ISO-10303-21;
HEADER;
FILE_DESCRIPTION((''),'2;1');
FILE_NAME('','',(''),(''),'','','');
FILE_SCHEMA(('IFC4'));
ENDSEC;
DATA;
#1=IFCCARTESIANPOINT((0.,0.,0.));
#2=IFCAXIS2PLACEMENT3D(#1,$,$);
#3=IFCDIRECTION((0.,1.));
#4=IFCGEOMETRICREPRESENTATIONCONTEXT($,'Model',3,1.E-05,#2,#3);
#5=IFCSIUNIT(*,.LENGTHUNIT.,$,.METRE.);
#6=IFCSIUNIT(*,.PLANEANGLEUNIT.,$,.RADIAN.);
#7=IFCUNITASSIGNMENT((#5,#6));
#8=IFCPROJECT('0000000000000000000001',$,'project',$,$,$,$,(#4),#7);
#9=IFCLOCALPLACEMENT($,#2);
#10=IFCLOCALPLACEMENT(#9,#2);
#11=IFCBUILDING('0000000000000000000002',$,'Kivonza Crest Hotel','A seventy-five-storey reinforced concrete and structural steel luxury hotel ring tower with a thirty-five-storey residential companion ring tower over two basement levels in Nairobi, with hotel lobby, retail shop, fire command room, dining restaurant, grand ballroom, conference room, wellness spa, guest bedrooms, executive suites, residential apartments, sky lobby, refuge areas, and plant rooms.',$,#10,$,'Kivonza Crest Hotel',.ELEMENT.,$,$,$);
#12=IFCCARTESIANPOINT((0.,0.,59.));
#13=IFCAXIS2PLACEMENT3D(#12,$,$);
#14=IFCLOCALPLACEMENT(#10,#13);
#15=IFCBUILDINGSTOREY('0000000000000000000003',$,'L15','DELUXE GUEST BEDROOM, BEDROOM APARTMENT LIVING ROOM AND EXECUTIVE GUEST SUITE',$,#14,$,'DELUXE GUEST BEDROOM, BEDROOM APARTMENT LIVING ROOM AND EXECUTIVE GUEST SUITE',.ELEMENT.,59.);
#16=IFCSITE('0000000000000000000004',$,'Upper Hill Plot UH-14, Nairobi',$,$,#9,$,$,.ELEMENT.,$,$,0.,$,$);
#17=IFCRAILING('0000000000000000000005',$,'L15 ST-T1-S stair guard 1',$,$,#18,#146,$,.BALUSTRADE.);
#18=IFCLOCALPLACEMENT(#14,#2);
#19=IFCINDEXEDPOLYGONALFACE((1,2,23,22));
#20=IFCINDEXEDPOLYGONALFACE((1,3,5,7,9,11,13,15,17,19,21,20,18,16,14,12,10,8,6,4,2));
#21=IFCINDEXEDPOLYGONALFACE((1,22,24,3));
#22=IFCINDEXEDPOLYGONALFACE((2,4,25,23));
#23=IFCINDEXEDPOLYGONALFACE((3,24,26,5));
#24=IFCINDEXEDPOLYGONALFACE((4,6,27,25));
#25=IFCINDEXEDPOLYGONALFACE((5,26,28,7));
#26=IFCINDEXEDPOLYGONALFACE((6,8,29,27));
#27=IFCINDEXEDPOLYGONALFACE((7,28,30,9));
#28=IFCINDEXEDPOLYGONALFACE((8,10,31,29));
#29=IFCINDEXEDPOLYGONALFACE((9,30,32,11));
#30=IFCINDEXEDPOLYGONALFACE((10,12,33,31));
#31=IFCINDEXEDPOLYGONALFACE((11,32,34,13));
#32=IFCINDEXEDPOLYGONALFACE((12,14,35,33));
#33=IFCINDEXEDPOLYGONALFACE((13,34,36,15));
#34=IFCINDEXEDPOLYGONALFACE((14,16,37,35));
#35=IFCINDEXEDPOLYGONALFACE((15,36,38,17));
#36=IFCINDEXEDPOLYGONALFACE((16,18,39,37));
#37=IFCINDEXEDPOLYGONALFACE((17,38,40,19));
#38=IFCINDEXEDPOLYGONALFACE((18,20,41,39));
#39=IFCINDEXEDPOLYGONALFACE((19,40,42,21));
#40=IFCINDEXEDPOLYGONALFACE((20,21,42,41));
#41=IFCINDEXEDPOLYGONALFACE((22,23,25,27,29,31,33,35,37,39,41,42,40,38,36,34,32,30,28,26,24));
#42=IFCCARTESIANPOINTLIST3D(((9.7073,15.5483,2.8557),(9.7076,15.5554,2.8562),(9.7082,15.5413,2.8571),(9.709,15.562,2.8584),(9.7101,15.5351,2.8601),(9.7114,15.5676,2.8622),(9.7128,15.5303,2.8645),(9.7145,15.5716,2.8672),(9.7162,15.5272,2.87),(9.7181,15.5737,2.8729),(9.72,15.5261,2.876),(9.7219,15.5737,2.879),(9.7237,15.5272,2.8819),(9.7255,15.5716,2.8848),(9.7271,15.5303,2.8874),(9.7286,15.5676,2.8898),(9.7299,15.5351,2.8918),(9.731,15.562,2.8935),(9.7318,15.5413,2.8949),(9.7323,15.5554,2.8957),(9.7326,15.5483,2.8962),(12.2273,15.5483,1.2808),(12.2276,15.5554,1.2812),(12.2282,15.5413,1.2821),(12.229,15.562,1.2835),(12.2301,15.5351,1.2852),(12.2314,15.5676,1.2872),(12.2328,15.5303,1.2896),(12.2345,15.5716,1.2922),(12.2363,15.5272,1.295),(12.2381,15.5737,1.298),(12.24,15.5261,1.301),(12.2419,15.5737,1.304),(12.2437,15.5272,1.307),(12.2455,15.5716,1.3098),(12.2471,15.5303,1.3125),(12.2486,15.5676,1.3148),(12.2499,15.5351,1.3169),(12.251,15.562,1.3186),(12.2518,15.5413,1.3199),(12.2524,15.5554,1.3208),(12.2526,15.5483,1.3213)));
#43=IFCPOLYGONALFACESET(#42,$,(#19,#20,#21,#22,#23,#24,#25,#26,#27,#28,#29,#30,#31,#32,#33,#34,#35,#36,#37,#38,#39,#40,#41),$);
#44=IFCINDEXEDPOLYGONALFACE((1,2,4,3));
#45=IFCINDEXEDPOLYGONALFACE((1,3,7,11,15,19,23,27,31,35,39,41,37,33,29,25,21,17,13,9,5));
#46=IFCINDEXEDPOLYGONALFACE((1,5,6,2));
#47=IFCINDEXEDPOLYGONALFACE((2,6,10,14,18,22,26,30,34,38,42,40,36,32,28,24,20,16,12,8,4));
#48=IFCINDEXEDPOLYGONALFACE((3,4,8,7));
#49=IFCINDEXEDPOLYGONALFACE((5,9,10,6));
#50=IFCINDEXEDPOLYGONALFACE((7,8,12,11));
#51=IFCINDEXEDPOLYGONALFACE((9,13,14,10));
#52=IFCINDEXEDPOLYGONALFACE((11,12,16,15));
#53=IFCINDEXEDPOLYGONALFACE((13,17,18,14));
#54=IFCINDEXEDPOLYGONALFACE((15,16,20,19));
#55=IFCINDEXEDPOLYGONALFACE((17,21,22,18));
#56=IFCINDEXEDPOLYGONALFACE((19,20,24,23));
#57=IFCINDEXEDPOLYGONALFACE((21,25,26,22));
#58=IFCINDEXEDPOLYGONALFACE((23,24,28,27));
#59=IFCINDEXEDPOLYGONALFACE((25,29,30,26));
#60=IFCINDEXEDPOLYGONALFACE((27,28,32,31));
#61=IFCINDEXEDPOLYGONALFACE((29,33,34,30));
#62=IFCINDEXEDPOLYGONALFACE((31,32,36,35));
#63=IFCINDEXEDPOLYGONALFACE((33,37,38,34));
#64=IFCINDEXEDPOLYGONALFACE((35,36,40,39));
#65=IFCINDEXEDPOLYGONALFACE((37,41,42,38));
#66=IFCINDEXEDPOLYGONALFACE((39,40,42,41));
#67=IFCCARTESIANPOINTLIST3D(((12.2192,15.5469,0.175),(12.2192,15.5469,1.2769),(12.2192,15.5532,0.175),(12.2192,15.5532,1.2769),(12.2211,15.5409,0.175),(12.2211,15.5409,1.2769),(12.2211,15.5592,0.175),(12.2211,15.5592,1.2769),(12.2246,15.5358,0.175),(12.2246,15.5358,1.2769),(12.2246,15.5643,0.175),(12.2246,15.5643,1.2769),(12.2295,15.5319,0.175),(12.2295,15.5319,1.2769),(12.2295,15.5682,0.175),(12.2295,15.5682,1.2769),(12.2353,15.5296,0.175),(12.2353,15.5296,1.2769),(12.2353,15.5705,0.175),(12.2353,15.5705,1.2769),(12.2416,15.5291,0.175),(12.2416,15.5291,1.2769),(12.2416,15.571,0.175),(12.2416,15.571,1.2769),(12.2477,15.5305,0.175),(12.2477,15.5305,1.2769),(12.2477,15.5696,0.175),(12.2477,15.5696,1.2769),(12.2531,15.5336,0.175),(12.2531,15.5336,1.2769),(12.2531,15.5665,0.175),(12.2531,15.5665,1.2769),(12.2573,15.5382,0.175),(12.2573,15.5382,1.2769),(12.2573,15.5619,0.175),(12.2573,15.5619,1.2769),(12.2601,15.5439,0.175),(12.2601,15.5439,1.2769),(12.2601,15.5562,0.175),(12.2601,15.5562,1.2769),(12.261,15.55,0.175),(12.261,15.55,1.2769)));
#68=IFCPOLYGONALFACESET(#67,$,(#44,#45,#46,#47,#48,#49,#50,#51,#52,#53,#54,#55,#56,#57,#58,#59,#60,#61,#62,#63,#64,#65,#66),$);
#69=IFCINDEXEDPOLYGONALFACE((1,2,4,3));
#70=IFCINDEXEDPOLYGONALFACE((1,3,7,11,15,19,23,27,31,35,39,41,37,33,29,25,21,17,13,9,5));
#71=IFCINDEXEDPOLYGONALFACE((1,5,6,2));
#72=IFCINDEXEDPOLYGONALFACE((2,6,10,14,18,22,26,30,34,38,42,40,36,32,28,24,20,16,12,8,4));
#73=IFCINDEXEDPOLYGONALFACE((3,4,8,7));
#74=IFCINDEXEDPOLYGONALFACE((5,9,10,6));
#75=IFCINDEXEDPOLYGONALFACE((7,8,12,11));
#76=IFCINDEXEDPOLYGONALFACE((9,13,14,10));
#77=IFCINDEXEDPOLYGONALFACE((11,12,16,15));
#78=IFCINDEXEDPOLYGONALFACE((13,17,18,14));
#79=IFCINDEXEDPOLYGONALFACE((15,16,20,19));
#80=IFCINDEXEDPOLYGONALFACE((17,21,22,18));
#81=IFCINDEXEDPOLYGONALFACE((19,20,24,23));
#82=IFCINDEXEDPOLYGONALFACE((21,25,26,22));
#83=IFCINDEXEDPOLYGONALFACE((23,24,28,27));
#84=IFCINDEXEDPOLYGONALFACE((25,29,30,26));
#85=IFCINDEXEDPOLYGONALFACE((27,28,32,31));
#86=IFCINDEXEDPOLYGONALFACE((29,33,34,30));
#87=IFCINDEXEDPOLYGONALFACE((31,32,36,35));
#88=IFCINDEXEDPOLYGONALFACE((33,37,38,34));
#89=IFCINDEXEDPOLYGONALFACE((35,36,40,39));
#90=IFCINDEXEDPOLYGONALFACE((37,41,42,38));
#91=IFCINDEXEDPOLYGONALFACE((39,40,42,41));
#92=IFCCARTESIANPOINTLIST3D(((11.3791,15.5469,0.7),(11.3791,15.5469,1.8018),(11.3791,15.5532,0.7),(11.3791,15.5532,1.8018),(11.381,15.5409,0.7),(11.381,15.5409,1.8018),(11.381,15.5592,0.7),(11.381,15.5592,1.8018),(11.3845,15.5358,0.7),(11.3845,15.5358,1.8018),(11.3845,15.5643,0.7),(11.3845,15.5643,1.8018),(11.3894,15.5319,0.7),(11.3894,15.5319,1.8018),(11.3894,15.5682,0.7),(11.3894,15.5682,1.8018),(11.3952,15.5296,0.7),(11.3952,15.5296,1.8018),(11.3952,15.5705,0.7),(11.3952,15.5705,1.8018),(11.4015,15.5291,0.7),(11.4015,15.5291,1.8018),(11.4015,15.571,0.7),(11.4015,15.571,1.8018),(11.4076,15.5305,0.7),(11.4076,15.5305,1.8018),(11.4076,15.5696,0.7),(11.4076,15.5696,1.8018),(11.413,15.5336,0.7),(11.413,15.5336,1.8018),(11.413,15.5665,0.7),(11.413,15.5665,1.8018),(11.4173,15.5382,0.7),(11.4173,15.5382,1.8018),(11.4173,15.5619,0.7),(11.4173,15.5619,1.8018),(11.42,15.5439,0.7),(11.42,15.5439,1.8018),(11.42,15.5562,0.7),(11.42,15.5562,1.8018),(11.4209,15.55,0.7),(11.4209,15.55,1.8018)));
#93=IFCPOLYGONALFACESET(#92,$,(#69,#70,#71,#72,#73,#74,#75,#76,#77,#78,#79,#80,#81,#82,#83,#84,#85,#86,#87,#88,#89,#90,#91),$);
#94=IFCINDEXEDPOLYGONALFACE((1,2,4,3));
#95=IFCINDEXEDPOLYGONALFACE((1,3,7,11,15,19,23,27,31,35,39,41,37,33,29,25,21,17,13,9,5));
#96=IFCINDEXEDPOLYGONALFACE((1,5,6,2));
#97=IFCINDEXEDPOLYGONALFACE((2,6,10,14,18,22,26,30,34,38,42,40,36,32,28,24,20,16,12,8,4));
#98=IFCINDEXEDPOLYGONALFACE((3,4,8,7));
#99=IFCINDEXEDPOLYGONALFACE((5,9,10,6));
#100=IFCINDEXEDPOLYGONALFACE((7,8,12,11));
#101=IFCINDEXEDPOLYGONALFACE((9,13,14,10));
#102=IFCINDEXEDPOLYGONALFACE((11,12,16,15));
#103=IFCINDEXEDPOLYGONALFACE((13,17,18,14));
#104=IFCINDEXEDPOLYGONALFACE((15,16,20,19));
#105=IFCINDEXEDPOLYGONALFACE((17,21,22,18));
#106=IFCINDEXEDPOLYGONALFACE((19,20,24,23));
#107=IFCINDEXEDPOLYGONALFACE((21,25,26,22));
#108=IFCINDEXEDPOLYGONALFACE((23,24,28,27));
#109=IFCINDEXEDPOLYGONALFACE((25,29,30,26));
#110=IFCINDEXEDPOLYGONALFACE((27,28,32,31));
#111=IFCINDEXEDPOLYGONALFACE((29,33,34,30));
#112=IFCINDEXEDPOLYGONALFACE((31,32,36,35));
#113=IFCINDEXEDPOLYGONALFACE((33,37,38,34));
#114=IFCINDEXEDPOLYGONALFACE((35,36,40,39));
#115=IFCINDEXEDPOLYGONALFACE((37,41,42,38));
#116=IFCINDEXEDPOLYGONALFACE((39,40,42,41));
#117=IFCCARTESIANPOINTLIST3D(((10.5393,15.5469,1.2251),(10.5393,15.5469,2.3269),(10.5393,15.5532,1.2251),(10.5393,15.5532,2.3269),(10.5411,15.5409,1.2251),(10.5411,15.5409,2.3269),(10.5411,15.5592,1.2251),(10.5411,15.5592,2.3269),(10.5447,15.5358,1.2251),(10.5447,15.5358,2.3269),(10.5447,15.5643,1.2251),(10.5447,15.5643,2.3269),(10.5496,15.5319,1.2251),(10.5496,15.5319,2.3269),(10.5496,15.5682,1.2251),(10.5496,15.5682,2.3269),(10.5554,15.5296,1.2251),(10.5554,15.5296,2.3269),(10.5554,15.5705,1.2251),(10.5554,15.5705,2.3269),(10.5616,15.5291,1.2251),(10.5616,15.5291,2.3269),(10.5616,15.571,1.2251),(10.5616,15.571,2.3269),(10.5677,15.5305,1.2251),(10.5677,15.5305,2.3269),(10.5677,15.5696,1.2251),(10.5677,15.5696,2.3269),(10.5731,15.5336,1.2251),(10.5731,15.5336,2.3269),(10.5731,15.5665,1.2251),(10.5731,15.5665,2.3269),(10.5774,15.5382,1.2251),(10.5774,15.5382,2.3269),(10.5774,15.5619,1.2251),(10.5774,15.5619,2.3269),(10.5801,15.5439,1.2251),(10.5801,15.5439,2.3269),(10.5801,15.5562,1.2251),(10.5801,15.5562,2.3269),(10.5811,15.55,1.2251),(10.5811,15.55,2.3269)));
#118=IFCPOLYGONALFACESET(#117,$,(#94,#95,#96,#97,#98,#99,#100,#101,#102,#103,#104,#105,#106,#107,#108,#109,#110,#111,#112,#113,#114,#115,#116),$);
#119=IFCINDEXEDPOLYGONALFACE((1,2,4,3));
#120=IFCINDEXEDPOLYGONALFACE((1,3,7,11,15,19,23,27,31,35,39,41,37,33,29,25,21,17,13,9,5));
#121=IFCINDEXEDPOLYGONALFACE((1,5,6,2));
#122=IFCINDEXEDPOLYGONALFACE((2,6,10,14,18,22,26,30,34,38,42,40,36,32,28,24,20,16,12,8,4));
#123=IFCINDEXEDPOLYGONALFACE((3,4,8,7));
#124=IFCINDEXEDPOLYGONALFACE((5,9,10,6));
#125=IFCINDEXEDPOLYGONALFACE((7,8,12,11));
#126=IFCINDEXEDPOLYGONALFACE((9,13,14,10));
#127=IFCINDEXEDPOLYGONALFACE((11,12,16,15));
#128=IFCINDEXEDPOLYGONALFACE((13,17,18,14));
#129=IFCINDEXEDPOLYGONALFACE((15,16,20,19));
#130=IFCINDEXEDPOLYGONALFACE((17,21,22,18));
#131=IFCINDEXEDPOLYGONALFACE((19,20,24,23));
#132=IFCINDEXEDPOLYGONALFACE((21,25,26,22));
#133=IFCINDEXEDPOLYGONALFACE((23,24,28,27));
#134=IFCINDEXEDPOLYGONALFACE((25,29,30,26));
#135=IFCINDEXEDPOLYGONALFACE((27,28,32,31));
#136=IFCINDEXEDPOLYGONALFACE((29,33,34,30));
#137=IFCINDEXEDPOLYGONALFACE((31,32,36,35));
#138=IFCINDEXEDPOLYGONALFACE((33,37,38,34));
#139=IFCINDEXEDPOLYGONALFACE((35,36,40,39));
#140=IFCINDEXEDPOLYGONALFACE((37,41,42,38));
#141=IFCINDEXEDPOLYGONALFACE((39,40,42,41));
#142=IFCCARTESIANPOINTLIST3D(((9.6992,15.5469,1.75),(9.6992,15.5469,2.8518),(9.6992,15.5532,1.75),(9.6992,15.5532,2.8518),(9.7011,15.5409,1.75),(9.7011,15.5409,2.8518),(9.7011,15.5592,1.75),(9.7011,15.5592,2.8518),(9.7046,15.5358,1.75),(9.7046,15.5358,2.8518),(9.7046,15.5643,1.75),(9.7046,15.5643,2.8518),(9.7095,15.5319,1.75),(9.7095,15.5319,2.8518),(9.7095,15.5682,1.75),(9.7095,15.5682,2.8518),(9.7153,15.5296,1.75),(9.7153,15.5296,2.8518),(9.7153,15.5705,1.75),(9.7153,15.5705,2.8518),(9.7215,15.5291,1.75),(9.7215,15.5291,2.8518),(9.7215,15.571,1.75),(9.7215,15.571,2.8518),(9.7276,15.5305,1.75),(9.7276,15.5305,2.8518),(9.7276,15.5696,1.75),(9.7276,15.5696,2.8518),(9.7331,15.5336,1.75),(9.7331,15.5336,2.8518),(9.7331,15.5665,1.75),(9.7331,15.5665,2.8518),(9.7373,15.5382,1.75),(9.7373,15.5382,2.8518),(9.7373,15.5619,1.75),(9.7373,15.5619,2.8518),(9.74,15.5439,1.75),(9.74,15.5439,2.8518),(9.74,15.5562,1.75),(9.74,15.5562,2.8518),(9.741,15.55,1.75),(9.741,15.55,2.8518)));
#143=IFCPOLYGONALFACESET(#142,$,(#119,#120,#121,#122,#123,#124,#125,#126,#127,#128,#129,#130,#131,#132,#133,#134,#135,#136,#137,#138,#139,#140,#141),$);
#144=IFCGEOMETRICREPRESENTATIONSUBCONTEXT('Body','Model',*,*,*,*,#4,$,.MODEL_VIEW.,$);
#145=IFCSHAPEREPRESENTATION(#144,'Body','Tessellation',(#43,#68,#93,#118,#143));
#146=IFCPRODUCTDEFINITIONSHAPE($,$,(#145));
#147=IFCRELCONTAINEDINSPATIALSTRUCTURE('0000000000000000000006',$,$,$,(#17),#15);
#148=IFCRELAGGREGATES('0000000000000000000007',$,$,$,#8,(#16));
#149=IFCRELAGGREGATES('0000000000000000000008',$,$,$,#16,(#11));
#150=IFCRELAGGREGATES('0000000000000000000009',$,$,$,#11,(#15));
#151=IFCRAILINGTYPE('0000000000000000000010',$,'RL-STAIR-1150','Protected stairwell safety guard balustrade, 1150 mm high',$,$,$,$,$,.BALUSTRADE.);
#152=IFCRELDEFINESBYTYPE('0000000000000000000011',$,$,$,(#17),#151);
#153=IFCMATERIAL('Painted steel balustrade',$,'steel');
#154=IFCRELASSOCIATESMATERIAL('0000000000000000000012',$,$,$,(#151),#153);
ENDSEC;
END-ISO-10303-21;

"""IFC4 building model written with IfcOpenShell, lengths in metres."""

from ifc_helpers import new_model, si_unit, direction, frame, origin, origin_2d, place, context, subcontext, project, spatial, circle, extrude, material, type_object, element, save


model = new_model("IFC4")

# Units and contexts
model_context = context("Model", 3, precision=1e-05, world=origin(), true_north=direction((0.0, 1.0)))
body_context = subcontext(model_context, "Body", "Model", "MODEL_VIEW")
ifc_project = project(units=[si_unit("LENGTHUNIT", "METRE"), si_unit("PLANEANGLEUNIT", "RADIAN")], contexts=[model_context])

# Site, building, storey
site_placement = place(None, origin())
site = spatial("IfcSite", under=ifc_project, at=site_placement, Name="Upper Hill Plot UH-14, Nairobi", CompositionType="ELEMENT", RefElevation=0.0)
building_placement = place(site_placement, origin())
building = spatial("IfcBuilding", under=site, at=building_placement, Name="Kivonza Crest Hotel", Description="A seventy-five-storey reinforced concrete and structural steel luxury hotel ring tower with a thirty-five-storey residential companion ring tower over two basement levels in Nairobi, with hotel lobby, retail shop, fire command room, dining restaurant, grand ballroom, conference room, wellness spa, guest bedrooms, executive suites, residential apartments, sky lobby, refuge areas, and plant rooms.", LongName="Kivonza Crest Hotel", CompositionType="ELEMENT")
storey_placement = place(building_placement, frame((0.0, 0.0, 59.0)))
storey = spatial("IfcBuildingStorey", under=building, at=storey_placement, Name="L15", Description="DELUXE GUEST BEDROOM, BEDROOM APARTMENT LIVING ROOM AND EXECUTIVE GUEST SUITE", LongName="DELUXE GUEST BEDROOM, BEDROOM APARTMENT LIVING ROOM AND EXECUTIVE GUEST SUITE", CompositionType="ELEMENT", Elevation=59.0)

# Railing
ifc_material_1 = material(Name="Painted steel balustrade", Category="steel")
railing_type_1 = type_object("IfcRailingType", Name="RL-STAIR-1150", Description="Protected stairwell safety guard balustrade, 1150 mm high", PredefinedType="BALUSTRADE", material=ifc_material_1)
railing_1_placement = place(storey_placement, frame((12.24, 15.55, 0.175)))
element("IfcRailing", 1, at=railing_1_placement, inside=storey, type_object=railing_type_1, Name="L15 ST-T1-S stair guard 1", PredefinedType="BALUSTRADE", context=body_context, shape_type="SweptSolid", body=[
    extrude(circle(Radius=0.0239, at=origin_2d()), frame((0.0, 0.0, 1.126), z_axis=(-0.848008, 0.0, 0.529984), x_axis=(0.0, -1.0, 0.0)), (0.0, 0.0, 1.0), 2.9717),
    extrude(circle(Radius=0.021, at=origin_2d()), origin(), (0.0, 0.0, 1.0), 1.1018),
    extrude(circle(Radius=0.021, at=origin_2d()), frame((-0.8401, 0.0, 0.5249)), (0.0, 0.0, 1.0), 1.1018),
    extrude(circle(Radius=0.021, at=origin_2d()), frame((-1.6799, 0.0, 1.05)), (0.0, 0.0, 1.0), 1.1018),
    extrude(circle(Radius=0.021, at=origin_2d()), frame((-2.52, 0.0, 1.575)), (0.0, 0.0, 1.0), 1.1018),
])

save(model, "model.ifc")
